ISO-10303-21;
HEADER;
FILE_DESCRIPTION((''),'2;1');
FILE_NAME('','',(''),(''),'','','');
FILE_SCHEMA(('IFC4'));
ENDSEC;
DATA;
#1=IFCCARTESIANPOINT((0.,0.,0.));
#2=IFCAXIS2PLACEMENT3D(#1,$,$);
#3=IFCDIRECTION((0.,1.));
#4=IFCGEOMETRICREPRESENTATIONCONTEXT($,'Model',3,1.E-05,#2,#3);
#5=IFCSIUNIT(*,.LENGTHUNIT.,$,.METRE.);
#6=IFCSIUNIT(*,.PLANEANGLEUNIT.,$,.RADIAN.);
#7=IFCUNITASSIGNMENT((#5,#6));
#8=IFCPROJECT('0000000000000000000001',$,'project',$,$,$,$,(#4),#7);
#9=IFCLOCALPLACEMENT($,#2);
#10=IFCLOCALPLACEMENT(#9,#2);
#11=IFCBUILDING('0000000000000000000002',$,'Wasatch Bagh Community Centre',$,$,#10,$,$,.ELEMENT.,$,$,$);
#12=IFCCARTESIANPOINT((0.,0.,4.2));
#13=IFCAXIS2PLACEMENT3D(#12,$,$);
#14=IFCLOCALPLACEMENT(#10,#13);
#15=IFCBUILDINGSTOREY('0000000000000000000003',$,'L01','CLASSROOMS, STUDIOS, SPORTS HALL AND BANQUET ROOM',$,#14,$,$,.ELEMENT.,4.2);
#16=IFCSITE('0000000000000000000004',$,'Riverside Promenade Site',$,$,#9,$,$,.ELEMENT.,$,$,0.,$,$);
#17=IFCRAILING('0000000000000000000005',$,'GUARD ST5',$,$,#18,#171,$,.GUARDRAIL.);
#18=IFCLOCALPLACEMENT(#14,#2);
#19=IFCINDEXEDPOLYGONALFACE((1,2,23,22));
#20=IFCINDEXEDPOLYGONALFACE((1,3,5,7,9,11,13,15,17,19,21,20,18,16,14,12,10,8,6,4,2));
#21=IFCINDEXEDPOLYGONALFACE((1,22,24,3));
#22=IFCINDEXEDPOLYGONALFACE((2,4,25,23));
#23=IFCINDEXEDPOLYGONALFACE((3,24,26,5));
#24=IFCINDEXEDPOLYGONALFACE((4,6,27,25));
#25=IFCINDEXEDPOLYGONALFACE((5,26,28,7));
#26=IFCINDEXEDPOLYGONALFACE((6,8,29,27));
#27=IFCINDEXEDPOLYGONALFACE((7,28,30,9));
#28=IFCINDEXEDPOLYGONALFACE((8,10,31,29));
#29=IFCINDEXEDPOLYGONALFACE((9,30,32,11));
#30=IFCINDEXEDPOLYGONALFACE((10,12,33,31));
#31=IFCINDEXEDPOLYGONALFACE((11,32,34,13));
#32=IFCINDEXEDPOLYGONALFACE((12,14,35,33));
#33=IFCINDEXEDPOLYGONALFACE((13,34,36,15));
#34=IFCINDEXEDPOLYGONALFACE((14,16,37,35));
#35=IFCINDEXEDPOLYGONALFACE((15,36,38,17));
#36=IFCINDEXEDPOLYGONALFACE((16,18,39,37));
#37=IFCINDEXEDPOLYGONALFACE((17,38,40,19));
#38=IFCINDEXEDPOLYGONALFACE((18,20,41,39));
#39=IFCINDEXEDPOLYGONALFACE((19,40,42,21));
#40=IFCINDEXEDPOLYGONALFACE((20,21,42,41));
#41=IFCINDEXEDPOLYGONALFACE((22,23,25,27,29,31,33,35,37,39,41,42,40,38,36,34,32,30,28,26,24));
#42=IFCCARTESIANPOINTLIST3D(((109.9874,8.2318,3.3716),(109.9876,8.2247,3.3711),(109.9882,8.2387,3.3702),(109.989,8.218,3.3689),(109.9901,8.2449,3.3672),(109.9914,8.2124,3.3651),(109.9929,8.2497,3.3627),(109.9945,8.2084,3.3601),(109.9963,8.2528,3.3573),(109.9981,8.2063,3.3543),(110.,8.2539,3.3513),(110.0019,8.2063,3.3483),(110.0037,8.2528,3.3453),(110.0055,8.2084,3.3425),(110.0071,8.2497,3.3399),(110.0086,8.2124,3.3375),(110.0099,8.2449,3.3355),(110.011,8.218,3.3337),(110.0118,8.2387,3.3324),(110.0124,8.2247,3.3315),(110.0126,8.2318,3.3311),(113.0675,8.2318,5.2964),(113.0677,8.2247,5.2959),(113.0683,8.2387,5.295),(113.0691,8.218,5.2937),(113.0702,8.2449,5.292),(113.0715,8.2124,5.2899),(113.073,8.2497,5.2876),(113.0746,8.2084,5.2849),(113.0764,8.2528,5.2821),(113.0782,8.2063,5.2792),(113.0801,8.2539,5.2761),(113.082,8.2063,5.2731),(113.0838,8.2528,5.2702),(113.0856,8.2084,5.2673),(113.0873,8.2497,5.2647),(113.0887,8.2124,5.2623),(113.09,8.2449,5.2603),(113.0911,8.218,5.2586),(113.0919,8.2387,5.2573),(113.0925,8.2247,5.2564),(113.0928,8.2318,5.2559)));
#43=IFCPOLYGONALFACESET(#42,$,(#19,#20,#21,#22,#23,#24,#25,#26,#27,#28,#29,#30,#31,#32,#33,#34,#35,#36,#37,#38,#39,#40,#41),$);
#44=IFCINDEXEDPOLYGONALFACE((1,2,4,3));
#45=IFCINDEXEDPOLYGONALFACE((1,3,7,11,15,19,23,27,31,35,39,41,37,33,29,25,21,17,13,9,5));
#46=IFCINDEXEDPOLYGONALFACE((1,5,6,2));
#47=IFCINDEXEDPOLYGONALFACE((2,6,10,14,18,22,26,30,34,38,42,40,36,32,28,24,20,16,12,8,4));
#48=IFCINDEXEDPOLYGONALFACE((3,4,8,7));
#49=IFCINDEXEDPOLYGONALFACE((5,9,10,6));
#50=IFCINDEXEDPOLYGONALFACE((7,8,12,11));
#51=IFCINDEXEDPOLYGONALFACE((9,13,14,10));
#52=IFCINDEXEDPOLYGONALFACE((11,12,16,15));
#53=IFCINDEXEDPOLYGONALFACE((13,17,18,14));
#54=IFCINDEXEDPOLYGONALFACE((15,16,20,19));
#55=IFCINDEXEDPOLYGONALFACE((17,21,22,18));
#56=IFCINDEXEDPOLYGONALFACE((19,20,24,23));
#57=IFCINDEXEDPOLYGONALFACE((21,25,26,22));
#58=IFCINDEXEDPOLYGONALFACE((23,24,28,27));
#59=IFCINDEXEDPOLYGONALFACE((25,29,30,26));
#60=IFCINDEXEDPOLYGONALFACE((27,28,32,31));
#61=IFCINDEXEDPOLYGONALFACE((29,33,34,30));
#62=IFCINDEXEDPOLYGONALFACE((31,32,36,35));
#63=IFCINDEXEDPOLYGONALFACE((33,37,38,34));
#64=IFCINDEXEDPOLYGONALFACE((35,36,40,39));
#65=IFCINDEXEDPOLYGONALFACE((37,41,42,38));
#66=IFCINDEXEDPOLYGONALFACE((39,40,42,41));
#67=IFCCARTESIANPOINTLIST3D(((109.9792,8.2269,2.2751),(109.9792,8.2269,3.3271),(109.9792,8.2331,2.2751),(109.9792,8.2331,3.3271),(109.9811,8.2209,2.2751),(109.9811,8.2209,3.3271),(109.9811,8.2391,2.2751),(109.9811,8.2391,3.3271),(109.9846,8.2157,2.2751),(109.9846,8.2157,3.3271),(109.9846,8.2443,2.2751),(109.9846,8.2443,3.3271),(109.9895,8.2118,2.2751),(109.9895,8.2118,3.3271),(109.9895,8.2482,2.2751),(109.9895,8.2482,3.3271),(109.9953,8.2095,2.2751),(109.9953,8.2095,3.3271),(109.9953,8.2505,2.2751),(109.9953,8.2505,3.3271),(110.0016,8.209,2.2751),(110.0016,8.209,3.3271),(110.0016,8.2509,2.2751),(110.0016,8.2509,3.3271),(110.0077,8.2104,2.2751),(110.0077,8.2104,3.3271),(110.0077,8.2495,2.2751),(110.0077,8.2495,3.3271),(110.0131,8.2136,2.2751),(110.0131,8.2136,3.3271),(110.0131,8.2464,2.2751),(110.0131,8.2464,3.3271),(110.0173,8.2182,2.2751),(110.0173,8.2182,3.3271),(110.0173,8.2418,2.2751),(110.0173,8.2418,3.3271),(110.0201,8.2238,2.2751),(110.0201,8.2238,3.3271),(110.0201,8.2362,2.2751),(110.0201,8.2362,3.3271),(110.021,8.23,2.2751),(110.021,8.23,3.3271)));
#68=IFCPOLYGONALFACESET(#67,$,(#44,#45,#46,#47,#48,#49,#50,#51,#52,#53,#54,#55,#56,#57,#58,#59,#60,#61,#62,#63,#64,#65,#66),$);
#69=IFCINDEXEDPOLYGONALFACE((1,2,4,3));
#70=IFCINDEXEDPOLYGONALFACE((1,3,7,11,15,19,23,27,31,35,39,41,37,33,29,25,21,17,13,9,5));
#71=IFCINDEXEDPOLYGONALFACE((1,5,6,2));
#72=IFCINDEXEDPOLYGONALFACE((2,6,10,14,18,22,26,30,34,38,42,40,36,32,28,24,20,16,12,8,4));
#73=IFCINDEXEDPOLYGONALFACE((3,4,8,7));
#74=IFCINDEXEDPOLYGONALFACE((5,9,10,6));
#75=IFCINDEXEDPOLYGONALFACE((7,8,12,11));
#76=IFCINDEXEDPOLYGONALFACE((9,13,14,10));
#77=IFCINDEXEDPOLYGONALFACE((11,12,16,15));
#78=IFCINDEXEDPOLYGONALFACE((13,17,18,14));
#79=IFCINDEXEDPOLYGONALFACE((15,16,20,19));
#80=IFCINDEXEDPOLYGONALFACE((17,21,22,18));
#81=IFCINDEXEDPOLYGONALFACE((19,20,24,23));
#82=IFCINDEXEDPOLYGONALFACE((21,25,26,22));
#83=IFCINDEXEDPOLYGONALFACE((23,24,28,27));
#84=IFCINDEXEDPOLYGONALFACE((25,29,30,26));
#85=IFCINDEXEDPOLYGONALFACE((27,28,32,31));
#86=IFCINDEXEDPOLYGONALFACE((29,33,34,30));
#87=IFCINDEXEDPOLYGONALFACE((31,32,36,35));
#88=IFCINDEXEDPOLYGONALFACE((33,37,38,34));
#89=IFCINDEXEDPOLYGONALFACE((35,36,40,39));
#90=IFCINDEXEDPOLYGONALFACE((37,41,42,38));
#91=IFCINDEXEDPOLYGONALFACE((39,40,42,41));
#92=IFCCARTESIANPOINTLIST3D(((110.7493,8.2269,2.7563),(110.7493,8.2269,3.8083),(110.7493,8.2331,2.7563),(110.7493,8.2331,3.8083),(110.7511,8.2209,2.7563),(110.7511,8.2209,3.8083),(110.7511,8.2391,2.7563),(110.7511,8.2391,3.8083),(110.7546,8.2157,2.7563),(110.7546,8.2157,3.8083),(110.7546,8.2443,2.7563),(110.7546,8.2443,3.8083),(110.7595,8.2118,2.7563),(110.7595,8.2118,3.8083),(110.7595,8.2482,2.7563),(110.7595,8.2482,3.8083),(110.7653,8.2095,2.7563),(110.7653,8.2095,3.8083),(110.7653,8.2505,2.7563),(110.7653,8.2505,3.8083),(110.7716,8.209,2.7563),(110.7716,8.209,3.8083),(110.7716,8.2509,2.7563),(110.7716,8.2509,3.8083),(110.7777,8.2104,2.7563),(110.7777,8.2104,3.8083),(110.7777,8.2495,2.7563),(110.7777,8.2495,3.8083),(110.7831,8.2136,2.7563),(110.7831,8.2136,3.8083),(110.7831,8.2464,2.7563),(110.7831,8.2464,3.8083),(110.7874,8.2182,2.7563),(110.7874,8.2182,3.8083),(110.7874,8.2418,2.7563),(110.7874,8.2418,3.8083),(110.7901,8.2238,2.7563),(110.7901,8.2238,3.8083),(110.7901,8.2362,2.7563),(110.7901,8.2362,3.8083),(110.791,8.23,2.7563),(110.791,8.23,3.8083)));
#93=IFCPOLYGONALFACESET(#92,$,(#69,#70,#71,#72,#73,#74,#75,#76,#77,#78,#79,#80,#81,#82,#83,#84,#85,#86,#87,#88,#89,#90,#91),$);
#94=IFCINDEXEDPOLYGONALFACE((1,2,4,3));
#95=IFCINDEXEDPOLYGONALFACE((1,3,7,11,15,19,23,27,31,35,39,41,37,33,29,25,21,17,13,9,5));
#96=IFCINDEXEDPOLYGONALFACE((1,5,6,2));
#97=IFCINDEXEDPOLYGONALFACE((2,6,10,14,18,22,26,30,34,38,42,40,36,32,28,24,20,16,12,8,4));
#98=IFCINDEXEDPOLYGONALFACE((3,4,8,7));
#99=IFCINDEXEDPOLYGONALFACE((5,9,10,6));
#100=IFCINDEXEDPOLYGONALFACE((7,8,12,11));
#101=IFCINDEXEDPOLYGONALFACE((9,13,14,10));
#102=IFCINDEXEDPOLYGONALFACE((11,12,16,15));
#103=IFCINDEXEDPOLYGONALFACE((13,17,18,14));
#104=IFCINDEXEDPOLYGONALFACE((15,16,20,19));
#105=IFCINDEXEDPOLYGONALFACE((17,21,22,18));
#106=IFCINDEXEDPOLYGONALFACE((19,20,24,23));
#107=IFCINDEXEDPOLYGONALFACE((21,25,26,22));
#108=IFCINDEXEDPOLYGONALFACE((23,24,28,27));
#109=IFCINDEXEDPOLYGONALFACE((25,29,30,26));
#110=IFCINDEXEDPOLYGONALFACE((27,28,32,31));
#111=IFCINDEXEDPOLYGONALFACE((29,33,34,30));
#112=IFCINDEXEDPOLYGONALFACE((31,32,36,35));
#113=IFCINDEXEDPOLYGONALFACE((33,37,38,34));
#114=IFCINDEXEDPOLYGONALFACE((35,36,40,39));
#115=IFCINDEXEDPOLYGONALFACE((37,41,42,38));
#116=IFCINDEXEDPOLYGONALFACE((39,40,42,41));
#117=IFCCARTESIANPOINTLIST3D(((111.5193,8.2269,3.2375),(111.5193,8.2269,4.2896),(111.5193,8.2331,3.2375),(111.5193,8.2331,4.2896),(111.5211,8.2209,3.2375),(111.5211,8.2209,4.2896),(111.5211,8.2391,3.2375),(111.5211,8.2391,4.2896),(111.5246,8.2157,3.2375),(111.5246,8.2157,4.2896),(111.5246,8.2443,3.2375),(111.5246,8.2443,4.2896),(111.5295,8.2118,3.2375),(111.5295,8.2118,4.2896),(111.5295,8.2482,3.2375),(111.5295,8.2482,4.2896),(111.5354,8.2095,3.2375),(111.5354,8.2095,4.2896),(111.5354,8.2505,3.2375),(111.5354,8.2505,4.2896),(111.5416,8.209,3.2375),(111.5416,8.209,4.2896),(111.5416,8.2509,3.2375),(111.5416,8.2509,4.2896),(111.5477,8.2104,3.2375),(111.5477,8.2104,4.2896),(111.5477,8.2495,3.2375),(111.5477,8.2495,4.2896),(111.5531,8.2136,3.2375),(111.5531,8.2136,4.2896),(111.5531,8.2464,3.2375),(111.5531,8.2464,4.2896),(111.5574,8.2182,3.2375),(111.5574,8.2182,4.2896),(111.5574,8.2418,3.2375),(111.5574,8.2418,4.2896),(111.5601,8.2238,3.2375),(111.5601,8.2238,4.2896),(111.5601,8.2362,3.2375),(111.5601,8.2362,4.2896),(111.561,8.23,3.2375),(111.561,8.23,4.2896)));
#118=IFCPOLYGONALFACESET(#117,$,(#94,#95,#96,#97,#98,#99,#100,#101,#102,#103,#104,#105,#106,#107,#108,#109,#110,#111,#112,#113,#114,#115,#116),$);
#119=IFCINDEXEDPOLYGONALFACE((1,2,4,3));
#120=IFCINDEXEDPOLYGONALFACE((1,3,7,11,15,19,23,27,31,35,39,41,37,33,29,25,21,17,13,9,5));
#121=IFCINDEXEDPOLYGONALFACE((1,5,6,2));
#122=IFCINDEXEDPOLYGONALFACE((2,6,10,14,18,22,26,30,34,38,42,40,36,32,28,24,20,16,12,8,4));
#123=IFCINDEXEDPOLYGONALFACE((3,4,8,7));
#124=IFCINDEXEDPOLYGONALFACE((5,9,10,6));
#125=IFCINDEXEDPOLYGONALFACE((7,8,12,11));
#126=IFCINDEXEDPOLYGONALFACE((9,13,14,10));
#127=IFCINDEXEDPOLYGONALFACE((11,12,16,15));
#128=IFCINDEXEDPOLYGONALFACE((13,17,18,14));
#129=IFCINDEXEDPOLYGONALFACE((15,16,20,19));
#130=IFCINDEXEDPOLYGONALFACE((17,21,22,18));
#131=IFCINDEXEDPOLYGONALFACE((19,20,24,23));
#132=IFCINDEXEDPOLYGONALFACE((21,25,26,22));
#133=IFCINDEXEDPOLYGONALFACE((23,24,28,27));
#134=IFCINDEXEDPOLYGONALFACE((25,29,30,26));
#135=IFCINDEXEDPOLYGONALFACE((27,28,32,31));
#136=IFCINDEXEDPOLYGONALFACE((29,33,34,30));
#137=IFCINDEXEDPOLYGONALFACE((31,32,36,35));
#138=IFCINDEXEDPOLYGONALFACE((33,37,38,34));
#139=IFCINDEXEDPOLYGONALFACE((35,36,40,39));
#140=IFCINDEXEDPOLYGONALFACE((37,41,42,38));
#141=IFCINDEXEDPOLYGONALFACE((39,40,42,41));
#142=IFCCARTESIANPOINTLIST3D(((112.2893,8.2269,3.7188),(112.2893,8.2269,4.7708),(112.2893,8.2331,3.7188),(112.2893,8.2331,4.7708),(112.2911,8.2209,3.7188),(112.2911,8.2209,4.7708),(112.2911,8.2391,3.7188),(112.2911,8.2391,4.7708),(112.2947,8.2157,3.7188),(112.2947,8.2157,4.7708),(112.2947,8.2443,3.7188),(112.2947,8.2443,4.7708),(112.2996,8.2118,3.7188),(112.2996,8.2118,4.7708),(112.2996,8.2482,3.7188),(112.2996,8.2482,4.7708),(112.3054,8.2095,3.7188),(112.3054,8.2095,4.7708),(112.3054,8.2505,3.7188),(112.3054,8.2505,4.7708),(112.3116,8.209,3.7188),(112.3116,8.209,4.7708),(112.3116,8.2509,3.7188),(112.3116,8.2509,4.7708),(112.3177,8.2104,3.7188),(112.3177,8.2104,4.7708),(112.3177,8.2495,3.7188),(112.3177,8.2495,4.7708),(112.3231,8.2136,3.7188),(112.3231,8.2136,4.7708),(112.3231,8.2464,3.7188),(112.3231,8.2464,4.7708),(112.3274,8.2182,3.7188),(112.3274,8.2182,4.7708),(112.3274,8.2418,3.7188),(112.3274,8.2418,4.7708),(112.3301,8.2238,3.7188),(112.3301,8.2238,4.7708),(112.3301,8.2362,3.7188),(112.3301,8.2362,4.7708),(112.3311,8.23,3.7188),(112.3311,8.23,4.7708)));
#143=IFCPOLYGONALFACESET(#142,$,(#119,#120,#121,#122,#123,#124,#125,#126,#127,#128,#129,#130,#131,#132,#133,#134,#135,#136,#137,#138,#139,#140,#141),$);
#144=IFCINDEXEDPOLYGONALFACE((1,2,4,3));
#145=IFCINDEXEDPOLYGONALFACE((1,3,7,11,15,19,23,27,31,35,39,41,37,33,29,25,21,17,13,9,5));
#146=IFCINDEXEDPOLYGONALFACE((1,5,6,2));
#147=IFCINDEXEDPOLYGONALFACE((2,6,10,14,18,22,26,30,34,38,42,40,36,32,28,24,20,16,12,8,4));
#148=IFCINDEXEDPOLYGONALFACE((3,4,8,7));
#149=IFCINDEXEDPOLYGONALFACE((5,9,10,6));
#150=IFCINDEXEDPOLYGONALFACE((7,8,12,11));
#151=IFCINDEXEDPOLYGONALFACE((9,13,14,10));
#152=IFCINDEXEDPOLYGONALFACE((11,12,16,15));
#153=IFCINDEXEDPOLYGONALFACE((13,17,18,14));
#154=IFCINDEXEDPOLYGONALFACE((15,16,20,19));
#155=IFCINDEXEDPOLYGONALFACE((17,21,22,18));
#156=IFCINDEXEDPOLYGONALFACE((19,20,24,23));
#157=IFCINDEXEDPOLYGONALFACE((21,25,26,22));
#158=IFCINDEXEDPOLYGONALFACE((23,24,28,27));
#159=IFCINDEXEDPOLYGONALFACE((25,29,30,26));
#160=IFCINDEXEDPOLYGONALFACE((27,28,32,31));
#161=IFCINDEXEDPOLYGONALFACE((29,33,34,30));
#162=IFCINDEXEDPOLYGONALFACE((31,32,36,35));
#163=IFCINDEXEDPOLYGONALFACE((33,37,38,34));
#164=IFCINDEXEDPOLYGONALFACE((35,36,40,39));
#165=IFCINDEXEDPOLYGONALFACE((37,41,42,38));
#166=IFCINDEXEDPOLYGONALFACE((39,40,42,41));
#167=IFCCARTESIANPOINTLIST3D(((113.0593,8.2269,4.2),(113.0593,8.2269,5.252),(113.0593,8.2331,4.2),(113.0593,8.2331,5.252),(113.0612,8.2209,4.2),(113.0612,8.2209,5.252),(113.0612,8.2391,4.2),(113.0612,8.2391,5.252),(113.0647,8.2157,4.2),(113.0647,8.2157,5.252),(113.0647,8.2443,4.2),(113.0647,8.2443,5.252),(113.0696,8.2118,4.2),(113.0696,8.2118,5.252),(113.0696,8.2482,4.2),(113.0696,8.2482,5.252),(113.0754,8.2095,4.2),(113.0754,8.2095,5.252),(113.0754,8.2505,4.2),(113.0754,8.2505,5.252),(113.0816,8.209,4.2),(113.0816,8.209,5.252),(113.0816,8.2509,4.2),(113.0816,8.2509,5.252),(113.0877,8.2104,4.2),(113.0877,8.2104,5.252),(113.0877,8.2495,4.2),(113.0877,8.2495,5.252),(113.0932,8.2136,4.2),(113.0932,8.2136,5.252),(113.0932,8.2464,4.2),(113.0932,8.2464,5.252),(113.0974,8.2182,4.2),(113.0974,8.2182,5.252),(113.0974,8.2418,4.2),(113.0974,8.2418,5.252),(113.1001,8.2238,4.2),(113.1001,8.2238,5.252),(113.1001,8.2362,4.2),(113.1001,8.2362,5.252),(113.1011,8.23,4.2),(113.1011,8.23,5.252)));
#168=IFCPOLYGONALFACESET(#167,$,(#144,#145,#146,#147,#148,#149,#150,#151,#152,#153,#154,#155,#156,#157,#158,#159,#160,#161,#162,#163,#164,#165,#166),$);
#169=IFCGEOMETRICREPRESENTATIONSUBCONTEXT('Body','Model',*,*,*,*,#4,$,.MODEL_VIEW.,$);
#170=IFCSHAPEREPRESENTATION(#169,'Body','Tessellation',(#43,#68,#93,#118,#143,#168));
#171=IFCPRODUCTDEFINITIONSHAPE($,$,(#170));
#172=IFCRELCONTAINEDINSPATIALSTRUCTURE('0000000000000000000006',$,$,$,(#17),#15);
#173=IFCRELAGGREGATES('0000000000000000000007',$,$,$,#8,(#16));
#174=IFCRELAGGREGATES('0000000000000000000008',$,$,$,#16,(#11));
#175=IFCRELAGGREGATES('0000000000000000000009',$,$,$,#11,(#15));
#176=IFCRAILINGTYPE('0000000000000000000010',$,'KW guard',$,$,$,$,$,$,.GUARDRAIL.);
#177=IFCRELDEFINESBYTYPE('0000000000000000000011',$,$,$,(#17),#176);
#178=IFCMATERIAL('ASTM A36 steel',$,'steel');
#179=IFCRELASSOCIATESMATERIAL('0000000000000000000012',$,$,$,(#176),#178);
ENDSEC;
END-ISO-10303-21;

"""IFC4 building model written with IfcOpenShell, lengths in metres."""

from ifc_helpers import new_model, si_unit, direction, frame, origin, origin_2d, place, context, subcontext, project, spatial, circle, extrude, material, type_object, element, save


model = new_model("IFC4")

# Units and contexts
model_context = context("Model", 3, precision=1e-05, world=origin(), true_north=direction((0.0, 1.0)))
body_context = subcontext(model_context, "Body", "Model", "MODEL_VIEW")
ifc_project = project(units=[si_unit("LENGTHUNIT", "METRE"), si_unit("PLANEANGLEUNIT", "RADIAN")], contexts=[model_context])

# Site, building, storey
site_placement = place(None, origin())
site = spatial("IfcSite", under=ifc_project, at=site_placement, Name="Riverside Promenade Site", CompositionType="ELEMENT", RefElevation=0.0)
building_placement = place(site_placement, origin())
building = spatial("IfcBuilding", under=site, at=building_placement, Name="Wasatch Bagh Community Centre", CompositionType="ELEMENT")
storey_placement = place(building_placement, frame((0.0, 0.0, 4.2)))
storey = spatial("IfcBuildingStorey", under=building, at=storey_placement, Name="L01", Description="CLASSROOMS, STUDIOS, SPORTS HALL AND BANQUET ROOM", CompositionType="ELEMENT", Elevation=4.2)

# Railing
ifc_material_1 = material(Name="ASTM A36 steel", Category="steel")
railing_type_1 = type_object("IfcRailingType", Name="KW guard", PredefinedType="GUARDRAIL", material=ifc_material_1)
for number, where, name in (
    (1, (110.0, 8.23, 2.2751), "GUARD ST5"),
):
    element("IfcRailing", number, at=place(storey_placement, frame(where)), inside=storey, type_object=railing_type_1, Name=name, PredefinedType="GUARDRAIL", context=body_context, shape_type="SweptSolid", body=[
        extrude(circle(Radius=0.0239, at=origin_2d()), frame((0.0, 0.0, 1.0762), z_axis=(0.848029, 0.0, 0.529951), x_axis=(0.0, 1.0, 0.0)), (0.0, 0.0, 1.0), 3.6321),
        extrude(circle(Radius=0.021, at=origin_2d()), origin(), (0.0, 0.0, 1.0), 1.052),
        extrude(circle(Radius=0.021, at=origin_2d()), frame((0.77, 0.0, 0.4812)), (0.0, 0.0, 1.0), 1.052),
        extrude(circle(Radius=0.021, at=origin_2d()), frame((1.54, 0.0, 0.9624)), (0.0, 0.0, 1.0), 1.052),
        extrude(circle(Radius=0.021, at=origin_2d()), frame((2.3101, 0.0, 1.4436)), (0.0, 0.0, 1.0), 1.052),
        extrude(circle(Radius=0.021, at=origin_2d()), frame((3.0801, 0.0, 1.9248)), (0.0, 0.0, 1.0), 1.052),
    ])

save(model, "model.ifc")
